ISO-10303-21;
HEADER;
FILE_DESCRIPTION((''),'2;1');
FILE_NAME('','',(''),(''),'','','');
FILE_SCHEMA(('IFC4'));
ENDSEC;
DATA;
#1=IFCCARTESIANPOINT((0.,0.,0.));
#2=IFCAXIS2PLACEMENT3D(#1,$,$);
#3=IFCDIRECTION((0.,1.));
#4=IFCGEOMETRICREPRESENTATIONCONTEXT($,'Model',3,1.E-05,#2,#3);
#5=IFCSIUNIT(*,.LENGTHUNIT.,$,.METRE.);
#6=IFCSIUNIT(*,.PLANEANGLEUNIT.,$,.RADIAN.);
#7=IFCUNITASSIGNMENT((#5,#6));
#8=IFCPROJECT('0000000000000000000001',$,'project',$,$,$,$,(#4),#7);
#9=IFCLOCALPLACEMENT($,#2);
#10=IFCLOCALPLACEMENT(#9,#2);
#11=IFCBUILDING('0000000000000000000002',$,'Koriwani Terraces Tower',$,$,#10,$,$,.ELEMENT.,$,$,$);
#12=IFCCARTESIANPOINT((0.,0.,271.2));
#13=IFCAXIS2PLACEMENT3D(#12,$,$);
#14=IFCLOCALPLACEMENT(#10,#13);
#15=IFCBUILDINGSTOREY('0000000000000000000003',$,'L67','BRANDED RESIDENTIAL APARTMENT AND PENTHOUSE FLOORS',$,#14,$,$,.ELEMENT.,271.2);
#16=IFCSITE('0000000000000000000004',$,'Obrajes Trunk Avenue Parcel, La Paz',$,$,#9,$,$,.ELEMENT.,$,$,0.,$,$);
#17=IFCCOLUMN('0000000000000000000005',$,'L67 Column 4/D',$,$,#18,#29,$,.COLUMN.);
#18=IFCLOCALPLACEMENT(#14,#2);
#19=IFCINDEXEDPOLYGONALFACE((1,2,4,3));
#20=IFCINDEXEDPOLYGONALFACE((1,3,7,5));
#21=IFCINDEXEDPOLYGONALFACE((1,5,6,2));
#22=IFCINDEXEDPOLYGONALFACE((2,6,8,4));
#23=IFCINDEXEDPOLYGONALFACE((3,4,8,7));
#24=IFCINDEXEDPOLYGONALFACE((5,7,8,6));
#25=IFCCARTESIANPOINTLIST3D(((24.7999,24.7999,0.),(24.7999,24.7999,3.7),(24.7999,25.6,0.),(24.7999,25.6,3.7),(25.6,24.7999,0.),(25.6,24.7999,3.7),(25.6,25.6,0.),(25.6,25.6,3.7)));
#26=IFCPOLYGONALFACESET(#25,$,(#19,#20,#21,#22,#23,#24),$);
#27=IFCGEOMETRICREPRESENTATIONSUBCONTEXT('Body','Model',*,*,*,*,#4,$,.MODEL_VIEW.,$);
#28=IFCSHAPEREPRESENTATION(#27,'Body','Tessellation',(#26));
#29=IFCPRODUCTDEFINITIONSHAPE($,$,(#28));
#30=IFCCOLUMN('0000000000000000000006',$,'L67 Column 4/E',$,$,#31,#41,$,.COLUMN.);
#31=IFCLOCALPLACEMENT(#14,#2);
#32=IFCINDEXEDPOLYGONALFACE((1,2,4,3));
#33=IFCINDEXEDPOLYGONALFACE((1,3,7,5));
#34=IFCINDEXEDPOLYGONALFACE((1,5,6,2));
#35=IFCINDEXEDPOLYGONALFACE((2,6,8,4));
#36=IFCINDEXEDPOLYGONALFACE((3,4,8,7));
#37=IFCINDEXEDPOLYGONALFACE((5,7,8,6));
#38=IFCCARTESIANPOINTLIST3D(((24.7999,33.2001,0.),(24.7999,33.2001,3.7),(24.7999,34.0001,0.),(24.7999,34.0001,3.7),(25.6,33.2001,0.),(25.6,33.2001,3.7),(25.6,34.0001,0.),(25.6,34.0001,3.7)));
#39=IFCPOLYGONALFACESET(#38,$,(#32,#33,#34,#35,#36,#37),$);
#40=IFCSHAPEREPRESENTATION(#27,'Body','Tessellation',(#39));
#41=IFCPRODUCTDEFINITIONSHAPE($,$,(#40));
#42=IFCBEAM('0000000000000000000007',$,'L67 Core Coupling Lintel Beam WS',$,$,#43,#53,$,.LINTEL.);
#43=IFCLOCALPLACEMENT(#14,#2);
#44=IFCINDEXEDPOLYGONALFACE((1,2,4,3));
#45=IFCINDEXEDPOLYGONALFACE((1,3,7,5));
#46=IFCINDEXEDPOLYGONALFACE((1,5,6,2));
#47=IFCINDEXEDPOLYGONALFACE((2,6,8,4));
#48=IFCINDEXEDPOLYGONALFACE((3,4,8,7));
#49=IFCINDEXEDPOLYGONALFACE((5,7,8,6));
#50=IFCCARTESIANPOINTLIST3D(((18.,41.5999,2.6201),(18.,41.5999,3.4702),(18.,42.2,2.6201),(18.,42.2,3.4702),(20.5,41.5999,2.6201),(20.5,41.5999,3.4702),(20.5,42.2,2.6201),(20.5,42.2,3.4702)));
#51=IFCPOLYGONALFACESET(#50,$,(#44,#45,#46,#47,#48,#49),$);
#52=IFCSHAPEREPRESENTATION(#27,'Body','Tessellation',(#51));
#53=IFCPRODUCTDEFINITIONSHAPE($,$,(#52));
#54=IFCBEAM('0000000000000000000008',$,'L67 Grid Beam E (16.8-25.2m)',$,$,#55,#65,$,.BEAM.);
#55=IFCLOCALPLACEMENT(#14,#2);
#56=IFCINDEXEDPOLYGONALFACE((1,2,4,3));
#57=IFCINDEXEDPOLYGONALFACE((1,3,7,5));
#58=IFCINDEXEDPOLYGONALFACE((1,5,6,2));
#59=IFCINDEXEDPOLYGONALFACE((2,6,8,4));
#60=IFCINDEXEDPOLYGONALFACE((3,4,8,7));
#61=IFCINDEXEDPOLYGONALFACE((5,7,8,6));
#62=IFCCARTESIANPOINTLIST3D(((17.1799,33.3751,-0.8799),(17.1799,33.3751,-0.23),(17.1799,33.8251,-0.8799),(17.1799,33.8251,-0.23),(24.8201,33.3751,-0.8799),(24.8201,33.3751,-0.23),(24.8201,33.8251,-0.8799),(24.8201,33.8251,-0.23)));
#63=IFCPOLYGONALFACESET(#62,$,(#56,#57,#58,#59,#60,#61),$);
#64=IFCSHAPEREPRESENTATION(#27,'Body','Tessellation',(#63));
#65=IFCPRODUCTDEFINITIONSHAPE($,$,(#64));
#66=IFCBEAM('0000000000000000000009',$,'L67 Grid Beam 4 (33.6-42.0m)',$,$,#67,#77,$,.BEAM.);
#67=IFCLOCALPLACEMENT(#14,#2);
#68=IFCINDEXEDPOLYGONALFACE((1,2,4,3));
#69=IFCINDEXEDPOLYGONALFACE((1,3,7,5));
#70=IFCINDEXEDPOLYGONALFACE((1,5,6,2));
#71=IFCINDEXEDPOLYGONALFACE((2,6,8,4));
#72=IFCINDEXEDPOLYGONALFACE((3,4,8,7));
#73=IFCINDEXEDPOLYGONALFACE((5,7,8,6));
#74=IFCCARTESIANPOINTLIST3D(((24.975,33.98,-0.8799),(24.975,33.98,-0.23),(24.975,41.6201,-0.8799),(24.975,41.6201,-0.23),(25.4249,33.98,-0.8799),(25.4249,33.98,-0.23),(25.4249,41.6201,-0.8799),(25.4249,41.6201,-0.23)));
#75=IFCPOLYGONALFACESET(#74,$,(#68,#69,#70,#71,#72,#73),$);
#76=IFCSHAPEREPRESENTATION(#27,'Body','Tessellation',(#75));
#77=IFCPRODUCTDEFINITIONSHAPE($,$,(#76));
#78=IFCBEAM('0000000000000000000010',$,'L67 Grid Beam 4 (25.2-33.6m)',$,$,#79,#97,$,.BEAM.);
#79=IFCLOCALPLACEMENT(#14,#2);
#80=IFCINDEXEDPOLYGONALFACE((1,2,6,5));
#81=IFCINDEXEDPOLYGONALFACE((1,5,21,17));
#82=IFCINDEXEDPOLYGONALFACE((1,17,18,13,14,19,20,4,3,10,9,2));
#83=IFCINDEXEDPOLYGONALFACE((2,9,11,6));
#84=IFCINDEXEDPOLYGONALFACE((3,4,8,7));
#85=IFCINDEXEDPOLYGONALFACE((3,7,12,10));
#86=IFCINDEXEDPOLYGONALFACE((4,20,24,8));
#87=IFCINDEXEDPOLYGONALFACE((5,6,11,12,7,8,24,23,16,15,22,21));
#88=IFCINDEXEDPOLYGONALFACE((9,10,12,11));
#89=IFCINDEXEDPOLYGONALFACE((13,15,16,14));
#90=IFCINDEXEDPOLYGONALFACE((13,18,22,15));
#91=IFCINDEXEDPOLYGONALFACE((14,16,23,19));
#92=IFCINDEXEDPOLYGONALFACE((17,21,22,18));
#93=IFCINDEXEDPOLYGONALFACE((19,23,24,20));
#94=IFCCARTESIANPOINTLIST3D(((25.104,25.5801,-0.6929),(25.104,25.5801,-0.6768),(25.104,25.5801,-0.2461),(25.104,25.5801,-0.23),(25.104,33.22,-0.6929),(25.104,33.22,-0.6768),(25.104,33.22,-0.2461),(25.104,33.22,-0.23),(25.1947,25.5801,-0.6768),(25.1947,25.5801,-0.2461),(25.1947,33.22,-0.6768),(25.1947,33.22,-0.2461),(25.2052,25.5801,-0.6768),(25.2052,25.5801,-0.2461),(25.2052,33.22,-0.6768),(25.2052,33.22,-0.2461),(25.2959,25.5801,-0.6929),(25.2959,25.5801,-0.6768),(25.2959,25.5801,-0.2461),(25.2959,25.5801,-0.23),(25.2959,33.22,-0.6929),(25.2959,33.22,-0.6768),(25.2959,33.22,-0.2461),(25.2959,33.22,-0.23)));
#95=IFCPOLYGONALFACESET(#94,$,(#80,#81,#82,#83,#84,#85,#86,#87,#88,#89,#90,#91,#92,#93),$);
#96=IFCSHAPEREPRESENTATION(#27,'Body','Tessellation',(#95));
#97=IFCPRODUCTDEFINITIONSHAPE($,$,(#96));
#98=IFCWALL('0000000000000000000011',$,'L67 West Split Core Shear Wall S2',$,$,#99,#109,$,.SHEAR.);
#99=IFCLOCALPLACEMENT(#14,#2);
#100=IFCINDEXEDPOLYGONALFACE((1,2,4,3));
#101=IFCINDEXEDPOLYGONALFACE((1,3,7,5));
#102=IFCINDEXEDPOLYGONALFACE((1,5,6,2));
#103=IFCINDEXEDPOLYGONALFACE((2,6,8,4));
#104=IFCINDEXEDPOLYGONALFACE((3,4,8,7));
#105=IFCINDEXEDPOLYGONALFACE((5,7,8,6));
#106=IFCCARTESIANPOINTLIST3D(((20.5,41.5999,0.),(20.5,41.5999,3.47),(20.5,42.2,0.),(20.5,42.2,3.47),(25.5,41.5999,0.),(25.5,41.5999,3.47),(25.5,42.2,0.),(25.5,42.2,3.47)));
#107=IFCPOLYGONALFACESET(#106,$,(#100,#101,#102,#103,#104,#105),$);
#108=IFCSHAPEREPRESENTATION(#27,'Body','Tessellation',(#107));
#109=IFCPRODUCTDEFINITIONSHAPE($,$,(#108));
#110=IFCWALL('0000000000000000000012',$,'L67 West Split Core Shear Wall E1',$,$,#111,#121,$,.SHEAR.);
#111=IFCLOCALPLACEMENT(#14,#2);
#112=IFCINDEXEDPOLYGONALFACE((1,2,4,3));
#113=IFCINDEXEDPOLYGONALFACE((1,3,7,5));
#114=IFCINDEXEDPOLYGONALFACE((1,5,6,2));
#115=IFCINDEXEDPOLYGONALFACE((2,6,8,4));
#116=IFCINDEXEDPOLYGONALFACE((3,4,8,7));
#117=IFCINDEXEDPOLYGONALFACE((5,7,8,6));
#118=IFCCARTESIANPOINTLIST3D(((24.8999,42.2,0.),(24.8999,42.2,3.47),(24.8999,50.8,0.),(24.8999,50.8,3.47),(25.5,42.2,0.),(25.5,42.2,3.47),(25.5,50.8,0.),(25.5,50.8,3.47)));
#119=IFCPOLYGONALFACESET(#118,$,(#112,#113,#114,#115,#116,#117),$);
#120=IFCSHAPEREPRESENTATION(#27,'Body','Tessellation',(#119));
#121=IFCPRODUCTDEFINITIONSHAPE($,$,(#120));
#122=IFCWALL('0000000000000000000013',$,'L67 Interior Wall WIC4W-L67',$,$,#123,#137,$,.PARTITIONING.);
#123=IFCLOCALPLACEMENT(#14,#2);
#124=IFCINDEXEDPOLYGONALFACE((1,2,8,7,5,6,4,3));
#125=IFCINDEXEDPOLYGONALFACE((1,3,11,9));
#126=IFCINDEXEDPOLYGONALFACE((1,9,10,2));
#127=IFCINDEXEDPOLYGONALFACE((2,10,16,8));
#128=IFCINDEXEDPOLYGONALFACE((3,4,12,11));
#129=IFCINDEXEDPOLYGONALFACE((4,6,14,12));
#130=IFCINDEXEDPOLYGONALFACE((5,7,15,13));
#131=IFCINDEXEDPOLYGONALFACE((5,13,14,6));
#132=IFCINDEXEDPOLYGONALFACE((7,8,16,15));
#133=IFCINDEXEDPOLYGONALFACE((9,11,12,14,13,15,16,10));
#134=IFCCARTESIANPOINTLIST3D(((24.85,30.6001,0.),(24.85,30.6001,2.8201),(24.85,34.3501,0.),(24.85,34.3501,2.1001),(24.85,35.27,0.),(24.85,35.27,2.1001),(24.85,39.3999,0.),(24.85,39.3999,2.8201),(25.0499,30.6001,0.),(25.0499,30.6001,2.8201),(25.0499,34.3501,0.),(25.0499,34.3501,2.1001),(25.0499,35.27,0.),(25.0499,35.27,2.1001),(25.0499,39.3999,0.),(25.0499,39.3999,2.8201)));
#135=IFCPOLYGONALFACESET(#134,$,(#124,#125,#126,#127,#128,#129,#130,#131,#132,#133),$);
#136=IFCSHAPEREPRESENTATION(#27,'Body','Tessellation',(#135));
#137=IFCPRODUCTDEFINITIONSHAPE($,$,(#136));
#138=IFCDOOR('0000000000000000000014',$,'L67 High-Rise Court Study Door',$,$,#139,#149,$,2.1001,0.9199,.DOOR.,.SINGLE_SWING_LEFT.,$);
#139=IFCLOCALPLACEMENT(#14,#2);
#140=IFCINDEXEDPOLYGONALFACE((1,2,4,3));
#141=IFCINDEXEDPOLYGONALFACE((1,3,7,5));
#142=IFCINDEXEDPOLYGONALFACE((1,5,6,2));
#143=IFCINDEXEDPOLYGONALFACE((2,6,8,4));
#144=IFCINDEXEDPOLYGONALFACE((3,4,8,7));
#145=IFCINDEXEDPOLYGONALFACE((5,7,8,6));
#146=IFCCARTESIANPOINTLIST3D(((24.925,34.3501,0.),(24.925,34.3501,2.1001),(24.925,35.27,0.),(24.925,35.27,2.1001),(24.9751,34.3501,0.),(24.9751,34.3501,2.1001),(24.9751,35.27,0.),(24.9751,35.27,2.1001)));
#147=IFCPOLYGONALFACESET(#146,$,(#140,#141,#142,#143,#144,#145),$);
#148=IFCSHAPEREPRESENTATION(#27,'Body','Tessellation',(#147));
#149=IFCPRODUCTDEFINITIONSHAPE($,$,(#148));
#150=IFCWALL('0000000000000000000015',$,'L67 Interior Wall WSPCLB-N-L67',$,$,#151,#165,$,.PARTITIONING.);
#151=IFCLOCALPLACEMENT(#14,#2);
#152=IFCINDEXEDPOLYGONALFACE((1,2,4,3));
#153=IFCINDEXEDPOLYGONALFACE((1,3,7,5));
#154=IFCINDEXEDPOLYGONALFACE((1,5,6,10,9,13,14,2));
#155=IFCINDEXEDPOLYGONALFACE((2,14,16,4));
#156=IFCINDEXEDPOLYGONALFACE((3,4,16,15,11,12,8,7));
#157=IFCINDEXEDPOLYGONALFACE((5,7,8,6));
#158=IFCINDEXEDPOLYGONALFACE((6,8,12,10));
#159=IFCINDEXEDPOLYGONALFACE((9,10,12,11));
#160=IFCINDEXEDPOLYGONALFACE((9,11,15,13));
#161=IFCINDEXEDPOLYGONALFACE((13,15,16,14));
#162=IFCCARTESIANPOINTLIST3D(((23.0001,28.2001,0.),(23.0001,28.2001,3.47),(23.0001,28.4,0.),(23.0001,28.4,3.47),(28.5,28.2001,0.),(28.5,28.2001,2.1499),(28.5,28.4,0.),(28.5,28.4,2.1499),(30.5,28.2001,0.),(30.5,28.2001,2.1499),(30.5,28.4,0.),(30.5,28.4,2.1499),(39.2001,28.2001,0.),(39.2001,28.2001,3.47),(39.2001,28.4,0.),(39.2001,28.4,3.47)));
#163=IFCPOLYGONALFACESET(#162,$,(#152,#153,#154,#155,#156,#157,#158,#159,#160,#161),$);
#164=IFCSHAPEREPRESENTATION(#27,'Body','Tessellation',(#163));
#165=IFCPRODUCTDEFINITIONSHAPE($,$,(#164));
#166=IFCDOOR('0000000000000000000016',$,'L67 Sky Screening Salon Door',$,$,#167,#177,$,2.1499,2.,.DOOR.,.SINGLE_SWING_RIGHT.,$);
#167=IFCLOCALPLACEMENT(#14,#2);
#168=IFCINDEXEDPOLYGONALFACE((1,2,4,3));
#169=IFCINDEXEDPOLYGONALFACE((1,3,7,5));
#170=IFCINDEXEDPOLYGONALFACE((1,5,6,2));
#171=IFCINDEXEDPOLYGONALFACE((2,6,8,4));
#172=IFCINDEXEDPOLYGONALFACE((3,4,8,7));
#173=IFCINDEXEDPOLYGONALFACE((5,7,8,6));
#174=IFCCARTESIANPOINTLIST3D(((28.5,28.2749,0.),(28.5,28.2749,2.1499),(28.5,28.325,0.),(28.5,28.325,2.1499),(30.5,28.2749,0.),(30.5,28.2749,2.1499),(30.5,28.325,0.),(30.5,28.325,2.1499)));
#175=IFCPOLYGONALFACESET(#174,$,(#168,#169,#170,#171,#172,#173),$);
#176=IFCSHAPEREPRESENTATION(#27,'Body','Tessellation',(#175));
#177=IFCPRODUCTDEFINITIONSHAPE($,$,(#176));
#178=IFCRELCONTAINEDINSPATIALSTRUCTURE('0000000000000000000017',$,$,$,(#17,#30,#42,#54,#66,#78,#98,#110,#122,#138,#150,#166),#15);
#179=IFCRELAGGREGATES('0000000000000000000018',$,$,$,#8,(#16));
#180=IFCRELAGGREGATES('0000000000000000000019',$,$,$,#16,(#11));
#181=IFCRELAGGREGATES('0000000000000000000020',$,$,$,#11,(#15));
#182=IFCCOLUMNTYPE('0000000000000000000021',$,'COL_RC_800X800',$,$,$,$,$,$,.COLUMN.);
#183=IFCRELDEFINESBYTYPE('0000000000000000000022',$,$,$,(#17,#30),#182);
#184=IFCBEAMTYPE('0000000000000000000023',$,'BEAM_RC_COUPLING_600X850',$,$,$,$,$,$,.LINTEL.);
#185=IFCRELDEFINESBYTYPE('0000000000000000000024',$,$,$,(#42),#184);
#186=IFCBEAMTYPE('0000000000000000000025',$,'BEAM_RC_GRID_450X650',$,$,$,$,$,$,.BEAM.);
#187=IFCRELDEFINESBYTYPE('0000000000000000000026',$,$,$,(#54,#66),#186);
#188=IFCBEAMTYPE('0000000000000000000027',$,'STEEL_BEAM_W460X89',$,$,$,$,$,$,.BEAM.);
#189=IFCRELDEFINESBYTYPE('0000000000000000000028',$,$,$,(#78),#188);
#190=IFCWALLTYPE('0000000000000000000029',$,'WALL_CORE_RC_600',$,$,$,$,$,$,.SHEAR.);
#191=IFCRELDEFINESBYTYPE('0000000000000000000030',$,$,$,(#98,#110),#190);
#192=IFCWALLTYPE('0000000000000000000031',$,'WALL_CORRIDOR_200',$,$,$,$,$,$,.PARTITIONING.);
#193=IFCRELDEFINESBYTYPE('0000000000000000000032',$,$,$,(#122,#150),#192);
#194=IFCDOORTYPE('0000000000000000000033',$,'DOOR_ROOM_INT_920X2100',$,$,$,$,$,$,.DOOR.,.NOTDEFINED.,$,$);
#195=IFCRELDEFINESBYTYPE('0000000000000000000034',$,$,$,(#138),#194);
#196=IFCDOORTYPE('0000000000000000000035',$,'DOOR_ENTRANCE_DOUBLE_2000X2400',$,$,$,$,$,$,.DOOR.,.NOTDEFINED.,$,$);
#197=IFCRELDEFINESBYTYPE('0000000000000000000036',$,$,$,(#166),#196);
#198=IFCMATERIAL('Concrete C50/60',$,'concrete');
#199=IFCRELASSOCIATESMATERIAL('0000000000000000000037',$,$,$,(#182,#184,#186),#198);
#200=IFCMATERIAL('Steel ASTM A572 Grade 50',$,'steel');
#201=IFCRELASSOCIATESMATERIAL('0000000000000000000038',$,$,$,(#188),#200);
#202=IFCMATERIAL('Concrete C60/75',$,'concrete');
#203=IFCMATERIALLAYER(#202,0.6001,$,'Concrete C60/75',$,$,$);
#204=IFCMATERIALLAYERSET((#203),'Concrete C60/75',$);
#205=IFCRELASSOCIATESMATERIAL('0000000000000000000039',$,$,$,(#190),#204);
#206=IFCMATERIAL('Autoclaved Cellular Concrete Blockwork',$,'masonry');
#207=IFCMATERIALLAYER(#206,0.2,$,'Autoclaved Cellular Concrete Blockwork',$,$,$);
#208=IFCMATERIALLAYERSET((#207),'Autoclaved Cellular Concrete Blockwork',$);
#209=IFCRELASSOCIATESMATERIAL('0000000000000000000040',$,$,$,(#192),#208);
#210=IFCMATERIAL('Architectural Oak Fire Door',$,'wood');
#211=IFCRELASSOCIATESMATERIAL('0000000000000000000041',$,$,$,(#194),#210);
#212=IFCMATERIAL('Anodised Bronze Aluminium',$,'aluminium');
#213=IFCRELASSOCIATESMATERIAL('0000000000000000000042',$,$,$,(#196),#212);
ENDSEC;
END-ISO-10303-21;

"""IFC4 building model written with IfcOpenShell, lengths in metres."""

from ifc_helpers import new_model, si_unit, direction, frame, frame_2d, origin, origin_2d, place, context, subcontext, project, spatial, rectangle, i_section, extrude, material, layer, layer_set, material_profile, profile_set, type_object, element, fill, save


model = new_model("IFC4")

# Units and contexts
model_context = context("Model", 3, precision=1e-05, world=origin(), true_north=direction((0.0, 1.0)))
body_context = subcontext(model_context, "Body", "Model", "MODEL_VIEW")
ifc_project = project(units=[si_unit("LENGTHUNIT", "METRE"), si_unit("PLANEANGLEUNIT", "RADIAN")], contexts=[model_context])

# Site, building, storey
site_placement = place(None, origin())
site = spatial("IfcSite", under=ifc_project, at=site_placement, Name="Obrajes Trunk Avenue Parcel, La Paz", CompositionType="ELEMENT", RefElevation=0.0)
building_placement = place(site_placement, origin())
building = spatial("IfcBuilding", under=site, at=building_placement, Name="Koriwani Terraces Tower", CompositionType="ELEMENT")
storey_placement = place(building_placement, frame((0.0, 0.0, 271.2)))
storey = spatial("IfcBuildingStorey", under=building, at=storey_placement, Name="L67", Description="BRANDED RESIDENTIAL APARTMENT AND PENTHOUSE FLOORS", CompositionType="ELEMENT", Elevation=271.2)

# Columns
ifc_material_1 = material(Name="Concrete C50/60", Category="concrete")
ifc_material_profile_1 = material_profile(ifc_material_1, rectangle(XDim=0.8, YDim=0.8, at=origin_2d()), Name="Concrete C50/60", Category="LoadBearing")
ifc_profile_set_1 = profile_set([ifc_material_profile_1], Name="Concrete C50/60")
column_type = type_object("IfcColumnType", Name="COL_RC_800X800", PredefinedType="COLUMN", material=ifc_profile_set_1)
for number, where, z_axis, x_axis, name in (
    (1, (25.2, 25.2, 0.0), (0.0, 0.0, 1.0), (1.0, 0.0, 0.0), "L67 Column 4/D"),
    (2, (25.2, 33.6001, 0.0), (0.0, 0.0, 1.0), (1.0, 0.0, 0.0), "L67 Column 4/E"),
):
    element("IfcColumn", number, at=place(storey_placement, frame(where, z_axis=z_axis, x_axis=x_axis)), inside=storey, type_object=column_type, Name=name, PredefinedType="COLUMN", context=body_context, shape_type="SweptSolid", body=[
        extrude(rectangle(XDim=0.8, YDim=0.8, at=origin_2d()), origin(), (0.0, 0.0, 1.0), 3.7),
    ])

# Beams
ifc_material_profile_2 = material_profile(ifc_material_1, rectangle(XDim=0.6001, YDim=0.8501, at=origin_2d()), Name="Concrete C50/60", Category="LoadBearing")
ifc_profile_set_2 = profile_set([ifc_material_profile_2], Name="Concrete C50/60")
beam_type_1 = type_object("IfcBeamType", Name="BEAM_RC_COUPLING_600X850", PredefinedType="LINTEL", material=ifc_profile_set_2)
beam_1_placement = place(storey_placement, frame((18.0, 41.8999, 3.0452), z_axis=(1.0, 0.0, 0.0), x_axis=(0.0, 1.0, 0.0)))
element("IfcBeam", 3, at=beam_1_placement, inside=storey, type_object=beam_type_1, Name="L67 Core Coupling Lintel Beam WS", PredefinedType="LINTEL", context=body_context, shape_type="SweptSolid", body=[
    extrude(rectangle(XDim=0.6001, YDim=0.8501, at=origin_2d()), origin(), (0.0, 0.0, 1.0), 2.5),
])
ifc_material_profile_3 = material_profile(ifc_material_1, rectangle(XDim=0.45, YDim=0.6499, at=origin_2d()), Name="Concrete C50/60", Category="LoadBearing")
ifc_profile_set_3 = profile_set([ifc_material_profile_3], Name="Concrete C50/60")
beam_type_2 = type_object("IfcBeamType", Name="BEAM_RC_GRID_450X650", PredefinedType="BEAM", material=ifc_profile_set_3)
for number, where, z_axis, x_axis, name in (
    (4, (17.1799, 33.6001, -0.5549), (1.0, 0.0, 0.0), (0.0, 1.0, 0.0), "L67 Grid Beam E (16.8-25.2m)"),
    (5, (25.2, 33.98, -0.5549), (0.0, 1.0, 0.0), (-1.0, 0.0, 0.0), "L67 Grid Beam 4 (33.6-42.0m)"),
):
    element("IfcBeam", number, at=place(storey_placement, frame(where, z_axis=z_axis, x_axis=x_axis)), inside=storey, type_object=beam_type_2, Name=name, PredefinedType="BEAM", context=body_context, shape_type="SweptSolid", body=[
        extrude(rectangle(XDim=0.45, YDim=0.6499, at=origin_2d()), origin(), (0.0, 0.0, 1.0), 7.6401),
    ])
ifc_material_2 = material(Name="Steel ASTM A572 Grade 50", Category="steel")
ifc_material_profile_4 = material_profile(ifc_material_2, i_section(OverallWidth=0.1919, OverallDepth=0.4629, WebThickness=0.0105, FlangeThickness=0.0161, at=origin_2d()), Name="Steel ASTM A572 Grade 50", Category="LoadBearing")
ifc_profile_set_4 = profile_set([ifc_material_profile_4], Name="Steel ASTM A572 Grade 50")
beam_type_3 = type_object("IfcBeamType", Name="STEEL_BEAM_W460X89", PredefinedType="BEAM", material=ifc_profile_set_4)
beam_2_placement = place(storey_placement, frame((25.2, 25.5801, -0.4614), z_axis=(0.0, 1.0, 0.0), x_axis=(-1.0, 0.0, 0.0)))
element("IfcBeam", 6, at=beam_2_placement, inside=storey, type_object=beam_type_3, Name="L67 Grid Beam 4 (25.2-33.6m)", PredefinedType="BEAM", context=body_context, shape_type="SweptSolid", body=[
    extrude(i_section(OverallWidth=0.1919, OverallDepth=0.4629, WebThickness=0.0105, FlangeThickness=0.0161, at=origin_2d()), origin(), (0.0, 0.0, 1.0), 7.6399),
])

# Walls
ifc_material_3 = material(Name="Concrete C60/75", Category="concrete")
ifc_layer_1 = layer(ifc_material_3, 0.6001, Name="Concrete C60/75")
ifc_layer_set_1 = layer_set([ifc_layer_1], Name="Concrete C60/75")
wall_type_1 = type_object("IfcWallType", Name="WALL_CORE_RC_600", PredefinedType="SHEAR", material=ifc_layer_set_1)
wall_1_placement = place(storey_placement, frame((20.5, 41.8999, 0.0), z_axis=(0.0, 0.0, 1.0), x_axis=(1.0, 0.0, 0.0)))
element("IfcWall", 7, at=wall_1_placement, inside=storey, type_object=wall_type_1, Name="L67 West Split Core Shear Wall S2", PredefinedType="SHEAR", context=body_context, shape_type="SweptSolid", body=[
    extrude(rectangle(XDim=5.0, YDim=0.6001, at=frame_2d((2.5, 0.0))), origin(), (0.0, 0.0, 1.0), 3.47),
])
wall_2_placement = place(storey_placement, frame((25.2, 42.2, 0.0), z_axis=(0.0, 0.0, 1.0), x_axis=(0.0, 1.0, 0.0)))
element("IfcWall", 8, at=wall_2_placement, inside=storey, type_object=wall_type_1, Name="L67 West Split Core Shear Wall E1", PredefinedType="SHEAR", context=body_context, shape_type="SweptSolid", body=[
    extrude(rectangle(XDim=8.6001, YDim=0.6001, at=frame_2d((4.3, 0.0))), origin(), (0.0, 0.0, 1.0), 3.47),
])

# Walls, openings, doors
ifc_material_4 = material(Name="Autoclaved Cellular Concrete Blockwork", Category="masonry")
ifc_layer_2 = layer(ifc_material_4, 0.2, Name="Autoclaved Cellular Concrete Blockwork")
ifc_layer_set_2 = layer_set([ifc_layer_2], Name="Autoclaved Cellular Concrete Blockwork")
wall_type_2 = type_object("IfcWallType", Name="WALL_CORRIDOR_200", PredefinedType="PARTITIONING", material=ifc_layer_set_2)
wall_3_placement = place(storey_placement, frame((24.95, 30.6001, 0.0), z_axis=(0.0, 0.0, 1.0), x_axis=(0.0, 1.0, 0.0)))
wall_3 = element("IfcWall", 9, at=wall_3_placement, inside=storey, type_object=wall_type_2, Name="L67 Interior Wall WIC4W-L67", PredefinedType="PARTITIONING", context=body_context, shape_type="SweptSolid", body=[
    extrude(rectangle(XDim=8.7998, YDim=0.2, at=frame_2d((4.3999, 0.0))), origin(), (0.0, 0.0, 1.0), 2.8201),
])
opening_1_placement = place(wall_3_placement, frame((3.75, 0.0, 0.0)))
opening_1 = element("IfcOpeningElement", 10, at=opening_1_placement, cuts=wall_3, PredefinedType="OPENING", context=body_context, shape_type="SweptSolid", body=[
    extrude(rectangle(XDim=0.9199, YDim=2.1001, at=frame_2d((0.46, 1.05))), frame((0.0, 0.1099, 0.0), z_axis=(0.0, -1.0, 0.0), x_axis=(1.0, 0.0, 0.0)), (0.0, 0.0, 1.0), 0.22),
])
ifc_material_5 = material(Name="Architectural Oak Fire Door", Category="wood")
door_type_1 = type_object("IfcDoorType", Name="DOOR_ROOM_INT_920X2100", OperationType="NOTDEFINED", PredefinedType="DOOR", material=ifc_material_5)
door_1_placement = place(opening_1_placement, origin())
door_1 = element("IfcDoor", 11, at=door_1_placement, inside=storey, type_object=door_type_1, Name="L67 High-Rise Court Study Door", OperationType="SINGLE_SWING_LEFT", OverallHeight=2.1001, OverallWidth=0.9199, PredefinedType="DOOR", context=body_context, shape_type="SweptSolid", body=[
    extrude(rectangle(XDim=0.9199, YDim=2.1001, at=frame_2d((0.46, 1.05))), frame((0.0, 0.0249, 0.0), z_axis=(0.0, -1.0, 0.0), x_axis=(1.0, 0.0, 0.0)), (0.0, 0.0, 1.0), 0.05),
])
fill(opening_1, door_1)
wall_4_placement = place(storey_placement, frame((23.0, 28.3, 0.0), z_axis=(0.0, 0.0, 1.0), x_axis=(1.0, 0.0, 0.0)))
wall_4 = element("IfcWall", 12, at=wall_4_placement, inside=storey, type_object=wall_type_2, Name="L67 Interior Wall WSPCLB-N-L67", PredefinedType="PARTITIONING", context=body_context, shape_type="SweptSolid", body=[
    extrude(rectangle(XDim=16.2, YDim=0.2, at=frame_2d((8.1001, 0.0))), origin(), (0.0, 0.0, 1.0), 3.47),
])
opening_2_placement = place(wall_4_placement, frame((5.5, 0.0, 0.0)))
opening_2 = element("IfcOpeningElement", 13, at=opening_2_placement, cuts=wall_4, PredefinedType="OPENING", context=body_context, shape_type="SweptSolid", body=[
    extrude(rectangle(XDim=2.0, YDim=2.1499, at=frame_2d((1.0, 1.075))), frame((0.0, 0.1099, 0.0), z_axis=(0.0, -1.0, 0.0), x_axis=(1.0, 0.0, 0.0)), (0.0, 0.0, 1.0), 0.22),
])
ifc_material_6 = material(Name="Anodised Bronze Aluminium", Category="aluminium")
door_type_2 = type_object("IfcDoorType", Name="DOOR_ENTRANCE_DOUBLE_2000X2400", OperationType="NOTDEFINED", PredefinedType="DOOR", material=ifc_material_6)
door_2_placement = place(opening_2_placement, origin())
door_2 = element("IfcDoor", 14, at=door_2_placement, inside=storey, type_object=door_type_2, Name="L67 Sky Screening Salon Door", OperationType="SINGLE_SWING_RIGHT", OverallHeight=2.1499, OverallWidth=2.0, PredefinedType="DOOR", context=body_context, shape_type="SweptSolid", body=[
    extrude(rectangle(XDim=2.0, YDim=2.1499, at=frame_2d((1.0, 1.075))), frame((0.0, 0.0249, 0.0), z_axis=(0.0, -1.0, 0.0), x_axis=(1.0, 0.0, 0.0)), (0.0, 0.0, 1.0), 0.05),
])
fill(opening_2, door_2)

save(model, "model.ifc")
